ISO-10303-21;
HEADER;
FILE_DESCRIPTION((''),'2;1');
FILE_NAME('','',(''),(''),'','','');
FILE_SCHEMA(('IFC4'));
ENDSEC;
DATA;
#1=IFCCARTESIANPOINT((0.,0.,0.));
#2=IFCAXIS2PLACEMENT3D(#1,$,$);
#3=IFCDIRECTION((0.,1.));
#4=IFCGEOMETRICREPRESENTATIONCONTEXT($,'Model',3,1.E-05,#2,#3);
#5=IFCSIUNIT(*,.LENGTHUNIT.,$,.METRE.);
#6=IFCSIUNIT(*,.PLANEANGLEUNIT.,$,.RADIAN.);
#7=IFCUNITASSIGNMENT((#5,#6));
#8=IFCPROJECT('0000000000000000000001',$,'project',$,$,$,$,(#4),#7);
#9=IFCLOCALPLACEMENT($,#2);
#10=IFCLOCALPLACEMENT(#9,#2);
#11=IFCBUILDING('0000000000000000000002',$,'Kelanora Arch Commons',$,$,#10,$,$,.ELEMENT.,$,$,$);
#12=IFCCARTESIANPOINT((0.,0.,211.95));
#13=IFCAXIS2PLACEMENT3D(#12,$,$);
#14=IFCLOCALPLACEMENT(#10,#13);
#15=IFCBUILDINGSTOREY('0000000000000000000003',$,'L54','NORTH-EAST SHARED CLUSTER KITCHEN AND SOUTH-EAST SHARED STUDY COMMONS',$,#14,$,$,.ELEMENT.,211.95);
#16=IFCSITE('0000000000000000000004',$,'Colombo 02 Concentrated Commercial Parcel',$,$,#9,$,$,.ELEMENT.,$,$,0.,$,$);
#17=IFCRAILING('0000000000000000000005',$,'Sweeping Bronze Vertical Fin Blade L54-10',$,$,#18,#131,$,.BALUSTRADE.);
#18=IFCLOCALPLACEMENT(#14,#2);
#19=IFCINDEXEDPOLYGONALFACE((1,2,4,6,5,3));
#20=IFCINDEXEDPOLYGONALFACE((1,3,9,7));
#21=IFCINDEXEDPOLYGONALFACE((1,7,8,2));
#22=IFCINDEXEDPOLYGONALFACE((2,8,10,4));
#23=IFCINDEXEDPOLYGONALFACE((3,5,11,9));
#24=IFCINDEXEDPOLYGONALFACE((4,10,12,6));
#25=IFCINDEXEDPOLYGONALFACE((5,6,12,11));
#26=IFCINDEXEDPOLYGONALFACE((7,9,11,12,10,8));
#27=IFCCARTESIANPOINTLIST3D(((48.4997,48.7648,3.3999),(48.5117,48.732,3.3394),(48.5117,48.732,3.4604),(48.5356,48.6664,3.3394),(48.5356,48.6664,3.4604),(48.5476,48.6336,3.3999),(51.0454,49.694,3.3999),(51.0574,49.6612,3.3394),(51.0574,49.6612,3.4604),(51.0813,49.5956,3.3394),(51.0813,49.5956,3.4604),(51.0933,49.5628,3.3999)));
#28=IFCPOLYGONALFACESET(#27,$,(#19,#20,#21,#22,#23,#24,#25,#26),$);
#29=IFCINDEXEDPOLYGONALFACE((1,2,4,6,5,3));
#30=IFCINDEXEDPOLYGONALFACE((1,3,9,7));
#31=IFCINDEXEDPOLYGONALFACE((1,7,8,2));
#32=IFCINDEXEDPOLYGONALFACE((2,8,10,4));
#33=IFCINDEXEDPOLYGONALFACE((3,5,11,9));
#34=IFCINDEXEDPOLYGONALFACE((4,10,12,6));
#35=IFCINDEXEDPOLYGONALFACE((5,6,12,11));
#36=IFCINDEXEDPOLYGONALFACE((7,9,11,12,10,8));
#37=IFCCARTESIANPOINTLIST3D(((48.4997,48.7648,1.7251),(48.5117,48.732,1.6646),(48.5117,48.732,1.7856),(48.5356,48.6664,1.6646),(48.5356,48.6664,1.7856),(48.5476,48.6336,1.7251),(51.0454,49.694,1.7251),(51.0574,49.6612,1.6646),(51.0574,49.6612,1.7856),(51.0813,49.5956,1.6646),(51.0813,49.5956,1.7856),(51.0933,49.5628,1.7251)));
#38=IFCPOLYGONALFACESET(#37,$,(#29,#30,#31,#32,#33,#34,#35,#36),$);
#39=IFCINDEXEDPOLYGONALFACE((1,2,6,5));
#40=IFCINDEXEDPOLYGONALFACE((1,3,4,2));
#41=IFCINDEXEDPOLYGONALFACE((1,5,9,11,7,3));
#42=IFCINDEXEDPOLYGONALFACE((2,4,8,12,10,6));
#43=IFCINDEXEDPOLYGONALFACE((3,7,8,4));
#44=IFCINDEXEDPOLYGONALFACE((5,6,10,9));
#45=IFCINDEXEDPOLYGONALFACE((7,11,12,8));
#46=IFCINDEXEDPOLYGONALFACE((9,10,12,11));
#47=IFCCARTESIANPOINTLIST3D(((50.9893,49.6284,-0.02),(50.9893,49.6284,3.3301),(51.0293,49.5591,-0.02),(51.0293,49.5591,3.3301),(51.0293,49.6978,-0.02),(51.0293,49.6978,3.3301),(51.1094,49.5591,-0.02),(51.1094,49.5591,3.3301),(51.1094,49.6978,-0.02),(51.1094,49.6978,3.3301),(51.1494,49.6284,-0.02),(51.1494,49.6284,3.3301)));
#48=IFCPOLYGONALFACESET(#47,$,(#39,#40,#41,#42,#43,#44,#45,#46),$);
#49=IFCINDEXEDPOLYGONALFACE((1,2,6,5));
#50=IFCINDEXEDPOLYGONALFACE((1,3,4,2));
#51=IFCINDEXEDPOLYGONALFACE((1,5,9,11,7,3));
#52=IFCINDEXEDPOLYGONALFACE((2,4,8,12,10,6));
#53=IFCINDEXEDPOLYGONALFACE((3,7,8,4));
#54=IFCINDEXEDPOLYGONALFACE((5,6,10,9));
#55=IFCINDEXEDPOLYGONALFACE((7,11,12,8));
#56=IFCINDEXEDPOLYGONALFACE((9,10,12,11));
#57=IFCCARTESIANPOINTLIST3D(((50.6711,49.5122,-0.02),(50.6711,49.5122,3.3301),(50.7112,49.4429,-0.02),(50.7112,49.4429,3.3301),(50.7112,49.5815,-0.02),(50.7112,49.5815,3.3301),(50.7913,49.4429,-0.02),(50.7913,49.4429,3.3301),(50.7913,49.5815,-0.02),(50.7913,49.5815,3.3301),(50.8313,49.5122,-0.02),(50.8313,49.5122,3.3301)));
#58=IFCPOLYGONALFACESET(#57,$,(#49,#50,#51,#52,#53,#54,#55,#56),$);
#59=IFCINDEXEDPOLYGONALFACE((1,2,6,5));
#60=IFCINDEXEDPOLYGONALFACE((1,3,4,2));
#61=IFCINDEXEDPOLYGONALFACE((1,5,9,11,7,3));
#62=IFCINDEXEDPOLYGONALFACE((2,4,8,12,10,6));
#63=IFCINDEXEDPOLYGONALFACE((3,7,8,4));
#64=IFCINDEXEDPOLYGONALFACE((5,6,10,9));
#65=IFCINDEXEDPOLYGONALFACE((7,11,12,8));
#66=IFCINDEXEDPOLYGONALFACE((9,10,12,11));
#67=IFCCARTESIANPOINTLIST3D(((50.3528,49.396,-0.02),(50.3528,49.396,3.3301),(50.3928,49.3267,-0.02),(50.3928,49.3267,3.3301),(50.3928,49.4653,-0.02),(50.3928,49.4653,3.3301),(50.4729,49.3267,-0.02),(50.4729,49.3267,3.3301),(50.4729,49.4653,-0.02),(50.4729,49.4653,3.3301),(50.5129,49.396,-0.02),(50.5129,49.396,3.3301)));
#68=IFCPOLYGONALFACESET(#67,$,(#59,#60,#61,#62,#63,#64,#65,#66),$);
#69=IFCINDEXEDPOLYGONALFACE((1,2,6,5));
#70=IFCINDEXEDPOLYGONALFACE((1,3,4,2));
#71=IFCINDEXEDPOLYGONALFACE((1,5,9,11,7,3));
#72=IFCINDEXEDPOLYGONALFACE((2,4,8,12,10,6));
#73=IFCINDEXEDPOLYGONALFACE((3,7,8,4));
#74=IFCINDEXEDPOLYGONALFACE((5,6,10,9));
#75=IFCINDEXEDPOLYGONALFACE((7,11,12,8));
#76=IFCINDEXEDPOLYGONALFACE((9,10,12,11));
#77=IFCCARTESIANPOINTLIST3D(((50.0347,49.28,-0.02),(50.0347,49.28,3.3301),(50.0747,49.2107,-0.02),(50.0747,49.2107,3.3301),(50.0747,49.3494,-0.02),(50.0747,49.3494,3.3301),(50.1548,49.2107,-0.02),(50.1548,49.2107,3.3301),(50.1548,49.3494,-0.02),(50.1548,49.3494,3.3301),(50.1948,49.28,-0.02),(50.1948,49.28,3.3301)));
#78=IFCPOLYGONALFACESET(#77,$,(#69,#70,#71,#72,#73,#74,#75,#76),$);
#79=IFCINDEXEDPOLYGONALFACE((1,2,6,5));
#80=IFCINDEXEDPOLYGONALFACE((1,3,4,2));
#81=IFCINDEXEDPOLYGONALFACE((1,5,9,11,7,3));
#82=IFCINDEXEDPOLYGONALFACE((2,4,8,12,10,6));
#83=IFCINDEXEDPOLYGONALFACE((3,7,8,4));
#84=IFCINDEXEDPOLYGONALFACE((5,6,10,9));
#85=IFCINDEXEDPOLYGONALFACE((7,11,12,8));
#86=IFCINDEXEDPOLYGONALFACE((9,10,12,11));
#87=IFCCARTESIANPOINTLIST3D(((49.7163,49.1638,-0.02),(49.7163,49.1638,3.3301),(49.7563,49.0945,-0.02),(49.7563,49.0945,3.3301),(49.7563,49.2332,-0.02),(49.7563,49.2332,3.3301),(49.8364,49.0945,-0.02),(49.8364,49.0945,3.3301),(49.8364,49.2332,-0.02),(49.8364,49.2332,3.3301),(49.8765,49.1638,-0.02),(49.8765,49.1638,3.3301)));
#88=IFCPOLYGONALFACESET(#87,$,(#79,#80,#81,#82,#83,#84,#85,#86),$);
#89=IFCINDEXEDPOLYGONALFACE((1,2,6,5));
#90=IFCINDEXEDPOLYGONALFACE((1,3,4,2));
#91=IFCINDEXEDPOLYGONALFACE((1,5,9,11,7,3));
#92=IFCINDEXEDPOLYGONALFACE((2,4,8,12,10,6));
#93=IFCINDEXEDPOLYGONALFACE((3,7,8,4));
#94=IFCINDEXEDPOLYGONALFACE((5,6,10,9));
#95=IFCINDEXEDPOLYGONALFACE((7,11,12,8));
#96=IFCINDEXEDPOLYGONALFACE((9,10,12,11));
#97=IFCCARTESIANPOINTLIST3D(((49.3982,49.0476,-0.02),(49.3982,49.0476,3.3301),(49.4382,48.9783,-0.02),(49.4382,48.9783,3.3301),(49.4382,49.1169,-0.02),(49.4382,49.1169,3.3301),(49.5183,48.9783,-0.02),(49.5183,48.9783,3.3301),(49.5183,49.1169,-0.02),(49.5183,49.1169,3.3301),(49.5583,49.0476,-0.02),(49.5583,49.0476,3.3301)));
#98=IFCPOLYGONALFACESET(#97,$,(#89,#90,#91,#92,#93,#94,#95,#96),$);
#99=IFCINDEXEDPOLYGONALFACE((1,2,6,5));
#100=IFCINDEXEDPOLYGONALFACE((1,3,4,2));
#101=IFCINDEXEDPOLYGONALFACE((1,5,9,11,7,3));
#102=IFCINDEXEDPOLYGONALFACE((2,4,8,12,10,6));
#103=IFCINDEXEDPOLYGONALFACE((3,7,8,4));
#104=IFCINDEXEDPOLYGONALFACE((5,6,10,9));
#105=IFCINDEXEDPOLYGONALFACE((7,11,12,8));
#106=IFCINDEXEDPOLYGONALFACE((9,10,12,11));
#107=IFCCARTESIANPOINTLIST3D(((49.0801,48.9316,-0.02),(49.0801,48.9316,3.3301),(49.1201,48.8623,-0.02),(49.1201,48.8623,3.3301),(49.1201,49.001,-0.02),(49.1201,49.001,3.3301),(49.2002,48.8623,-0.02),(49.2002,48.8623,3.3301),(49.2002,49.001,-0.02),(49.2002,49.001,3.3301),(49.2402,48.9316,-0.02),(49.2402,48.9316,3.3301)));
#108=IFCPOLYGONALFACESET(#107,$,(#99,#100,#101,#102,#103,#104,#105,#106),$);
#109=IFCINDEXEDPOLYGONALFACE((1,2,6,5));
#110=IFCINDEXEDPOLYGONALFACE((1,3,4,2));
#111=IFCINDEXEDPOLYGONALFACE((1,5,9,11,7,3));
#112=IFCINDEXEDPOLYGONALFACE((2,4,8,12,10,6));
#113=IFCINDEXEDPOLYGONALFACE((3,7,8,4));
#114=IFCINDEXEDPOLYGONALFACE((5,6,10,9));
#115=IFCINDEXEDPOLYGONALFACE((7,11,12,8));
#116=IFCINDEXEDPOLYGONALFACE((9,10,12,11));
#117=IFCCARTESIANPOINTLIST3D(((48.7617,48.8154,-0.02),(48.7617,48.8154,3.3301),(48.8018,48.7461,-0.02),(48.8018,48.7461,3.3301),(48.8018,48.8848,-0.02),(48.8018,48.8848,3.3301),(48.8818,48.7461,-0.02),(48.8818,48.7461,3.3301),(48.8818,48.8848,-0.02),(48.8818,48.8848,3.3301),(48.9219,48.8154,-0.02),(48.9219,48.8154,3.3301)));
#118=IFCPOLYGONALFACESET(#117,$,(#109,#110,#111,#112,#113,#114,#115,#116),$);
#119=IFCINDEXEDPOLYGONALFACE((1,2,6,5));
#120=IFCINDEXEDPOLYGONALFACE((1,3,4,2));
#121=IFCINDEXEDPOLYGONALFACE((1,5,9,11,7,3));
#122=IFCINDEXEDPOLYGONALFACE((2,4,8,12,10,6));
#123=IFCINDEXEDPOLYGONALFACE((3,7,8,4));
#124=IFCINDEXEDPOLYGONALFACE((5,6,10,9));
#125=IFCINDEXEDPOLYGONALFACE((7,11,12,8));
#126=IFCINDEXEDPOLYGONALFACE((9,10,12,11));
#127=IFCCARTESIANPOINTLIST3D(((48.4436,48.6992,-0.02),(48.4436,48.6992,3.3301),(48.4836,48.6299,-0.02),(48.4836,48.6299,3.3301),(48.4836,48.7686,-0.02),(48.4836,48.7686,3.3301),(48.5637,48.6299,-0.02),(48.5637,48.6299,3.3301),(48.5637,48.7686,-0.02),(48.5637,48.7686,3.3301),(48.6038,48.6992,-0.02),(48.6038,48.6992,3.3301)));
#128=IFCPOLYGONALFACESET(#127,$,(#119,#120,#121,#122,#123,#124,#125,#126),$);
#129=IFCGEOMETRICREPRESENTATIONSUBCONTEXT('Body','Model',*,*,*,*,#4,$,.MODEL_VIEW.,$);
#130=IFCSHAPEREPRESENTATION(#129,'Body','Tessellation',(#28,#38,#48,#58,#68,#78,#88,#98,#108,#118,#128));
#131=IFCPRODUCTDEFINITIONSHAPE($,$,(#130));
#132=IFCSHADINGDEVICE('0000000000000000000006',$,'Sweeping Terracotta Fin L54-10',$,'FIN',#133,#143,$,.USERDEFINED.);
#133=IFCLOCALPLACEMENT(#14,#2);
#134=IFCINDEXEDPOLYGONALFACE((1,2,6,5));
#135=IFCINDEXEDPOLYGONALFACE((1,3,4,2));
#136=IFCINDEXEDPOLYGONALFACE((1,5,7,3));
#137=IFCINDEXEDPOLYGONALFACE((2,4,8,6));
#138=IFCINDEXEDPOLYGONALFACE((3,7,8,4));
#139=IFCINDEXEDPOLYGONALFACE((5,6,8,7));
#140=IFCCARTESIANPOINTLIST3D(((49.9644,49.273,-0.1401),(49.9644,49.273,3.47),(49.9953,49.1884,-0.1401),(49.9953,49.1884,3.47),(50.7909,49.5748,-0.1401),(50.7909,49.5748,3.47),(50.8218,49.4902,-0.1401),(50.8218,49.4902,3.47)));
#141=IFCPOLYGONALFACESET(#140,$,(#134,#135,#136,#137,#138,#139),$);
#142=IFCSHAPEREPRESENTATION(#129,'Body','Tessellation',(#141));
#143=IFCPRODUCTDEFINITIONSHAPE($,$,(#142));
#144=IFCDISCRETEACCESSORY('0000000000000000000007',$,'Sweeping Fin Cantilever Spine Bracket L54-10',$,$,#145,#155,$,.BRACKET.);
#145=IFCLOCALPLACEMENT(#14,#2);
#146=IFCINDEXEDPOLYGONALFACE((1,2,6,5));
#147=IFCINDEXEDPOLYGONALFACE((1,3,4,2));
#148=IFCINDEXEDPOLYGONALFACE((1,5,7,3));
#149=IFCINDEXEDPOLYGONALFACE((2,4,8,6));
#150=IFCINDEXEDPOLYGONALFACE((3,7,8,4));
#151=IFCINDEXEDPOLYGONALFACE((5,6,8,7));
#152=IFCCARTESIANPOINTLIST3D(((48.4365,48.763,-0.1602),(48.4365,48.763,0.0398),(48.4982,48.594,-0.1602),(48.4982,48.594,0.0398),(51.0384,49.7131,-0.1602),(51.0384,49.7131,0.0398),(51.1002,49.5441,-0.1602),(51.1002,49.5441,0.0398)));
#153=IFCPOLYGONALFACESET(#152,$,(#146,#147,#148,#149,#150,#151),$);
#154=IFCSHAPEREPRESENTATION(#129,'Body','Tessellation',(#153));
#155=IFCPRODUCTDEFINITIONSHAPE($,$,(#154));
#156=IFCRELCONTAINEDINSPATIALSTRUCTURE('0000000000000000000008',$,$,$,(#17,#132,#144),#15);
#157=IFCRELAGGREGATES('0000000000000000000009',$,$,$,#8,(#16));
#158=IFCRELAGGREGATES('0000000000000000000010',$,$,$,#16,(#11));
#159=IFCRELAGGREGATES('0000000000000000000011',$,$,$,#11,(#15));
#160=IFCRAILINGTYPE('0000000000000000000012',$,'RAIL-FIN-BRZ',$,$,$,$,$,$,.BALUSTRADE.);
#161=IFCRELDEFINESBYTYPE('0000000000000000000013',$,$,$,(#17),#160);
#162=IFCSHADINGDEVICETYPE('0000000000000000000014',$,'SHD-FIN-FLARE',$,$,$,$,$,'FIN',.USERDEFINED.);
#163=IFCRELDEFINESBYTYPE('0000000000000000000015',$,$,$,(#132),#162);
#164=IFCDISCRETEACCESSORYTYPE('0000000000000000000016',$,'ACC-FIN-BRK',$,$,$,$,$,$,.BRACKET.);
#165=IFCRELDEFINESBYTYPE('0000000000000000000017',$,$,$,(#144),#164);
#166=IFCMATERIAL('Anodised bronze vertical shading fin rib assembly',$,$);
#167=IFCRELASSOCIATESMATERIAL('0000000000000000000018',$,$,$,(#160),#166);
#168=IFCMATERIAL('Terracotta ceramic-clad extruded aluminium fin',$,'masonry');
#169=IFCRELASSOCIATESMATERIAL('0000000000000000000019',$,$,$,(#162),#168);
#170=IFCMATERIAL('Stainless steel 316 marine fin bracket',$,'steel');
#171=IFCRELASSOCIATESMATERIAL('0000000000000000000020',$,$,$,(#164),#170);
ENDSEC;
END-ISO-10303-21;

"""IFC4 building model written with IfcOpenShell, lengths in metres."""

from ifc_helpers import new_model, si_unit, direction, frame, origin, origin_2d, place, context, subcontext, project, spatial, polyline, rectangle, outline, extrude, source, transform, mapped, material, type_object, element, save


model = new_model("IFC4")

# Units and contexts
model_context = context("Model", 3, precision=1e-05, world=origin(), true_north=direction((0.0, 1.0)))
body_context = subcontext(model_context, "Body", "Model", "MODEL_VIEW")
ifc_project = project(units=[si_unit("LENGTHUNIT", "METRE"), si_unit("PLANEANGLEUNIT", "RADIAN")], contexts=[model_context])

# Site, building, storey
site_placement = place(None, origin())
site = spatial("IfcSite", under=ifc_project, at=site_placement, Name="Colombo 02 Concentrated Commercial Parcel", CompositionType="ELEMENT", RefElevation=0.0)
building_placement = place(site_placement, origin())
building = spatial("IfcBuilding", under=site, at=building_placement, Name="Kelanora Arch Commons", CompositionType="ELEMENT")
storey_placement = place(building_placement, frame((0.0, 0.0, 211.95)))
storey = spatial("IfcBuildingStorey", under=building, at=storey_placement, Name="L54", Description="NORTH-EAST SHARED CLUSTER KITCHEN AND SOUTH-EAST SHARED STUDY COMMONS", CompositionType="ELEMENT", Elevation=211.95)

# Railing
ifc_material_1 = material(Name="Anodised bronze vertical shading fin rib assembly")
railing_type = type_object("IfcRailingType", Name="RAIL-FIN-BRZ", PredefinedType="BALUSTRADE", material=ifc_material_1)
railing_placement = place(storey_placement, frame((51.0693, 49.6284, -0.02)))
element("IfcRailing", 1, at=railing_placement, inside=storey, type_object=railing_type, Name="Sweeping Bronze Vertical Fin Blade L54-10", PredefinedType="BALUSTRADE", context=body_context, shape_type="SweptSolid", body=[
    extrude(outline(polyline([(0.0698, 0.0), (0.0349, 0.0605), (-0.0349, 0.0605), (-0.0698, 0.0), (-0.0349, -0.0605), (0.0349, -0.0605), (0.0698, 0.0)])), frame((0.0, 0.0, 3.4199), z_axis=(-0.939377, -0.342886, 0.0), x_axis=(0.342886, -0.939377, 0.0)), (0.0, 0.0, 1.0), 2.71),
    extrude(outline(polyline([(0.0698, 0.0), (0.0349, 0.0605), (-0.0349, 0.0605), (-0.0698, 0.0), (-0.0349, -0.0605), (0.0349, -0.0605), (0.0698, 0.0)])), frame((0.0, 0.0, 1.7451), z_axis=(-0.939377, -0.342886, 0.0), x_axis=(0.342886, -0.939377, 0.0)), (0.0, 0.0, 1.0), 2.71),
    extrude(outline(polyline([(0.0801, 0.0), (0.04, 0.0693), (-0.04, 0.0693), (-0.0801, 0.0), (-0.04, -0.0693), (0.04, -0.0693), (0.0801, 0.0)])), origin(), (0.0, 0.0, 1.0), 3.3501),
    extrude(outline(polyline([(0.0801, 0.0), (0.04, 0.0693), (-0.04, 0.0693), (-0.0801, 0.0), (-0.04, -0.0693), (0.04, -0.0693), (0.0801, 0.0)])), frame((-0.3181, -0.1162, 0.0)), (0.0, 0.0, 1.0), 3.3501),
    extrude(outline(polyline([(0.0801, 0.0), (0.04, 0.0693), (-0.04, 0.0693), (-0.0801, 0.0), (-0.04, -0.0693), (0.04, -0.0693), (0.0801, 0.0)])), frame((-0.6365, -0.2324, 0.0)), (0.0, 0.0, 1.0), 3.3501),
    extrude(outline(polyline([(0.0801, 0.0), (0.04, 0.0693), (-0.04, 0.0693), (-0.0801, 0.0), (-0.04, -0.0693), (0.04, -0.0693), (0.0801, 0.0)])), frame((-0.9546, -0.3484, 0.0)), (0.0, 0.0, 1.0), 3.3501),
    extrude(outline(polyline([(0.0801, 0.0), (0.04, 0.0693), (-0.04, 0.0693), (-0.0801, 0.0), (-0.04, -0.0693), (0.04, -0.0693), (0.0801, 0.0)])), frame((-1.2729, -0.4646, 0.0)), (0.0, 0.0, 1.0), 3.3501),
    extrude(outline(polyline([(0.0801, 0.0), (0.04, 0.0693), (-0.04, 0.0693), (-0.0801, 0.0), (-0.04, -0.0693), (0.04, -0.0693), (0.0801, 0.0)])), frame((-1.5911, -0.5808, 0.0)), (0.0, 0.0, 1.0), 3.3501),
    extrude(outline(polyline([(0.0801, 0.0), (0.04, 0.0693), (-0.04, 0.0693), (-0.0801, 0.0), (-0.04, -0.0693), (0.04, -0.0693), (0.0801, 0.0)])), frame((-1.9092, -0.6968, 0.0)), (0.0, 0.0, 1.0), 3.3501),
    extrude(outline(polyline([(0.0801, 0.0), (0.04, 0.0693), (-0.04, 0.0693), (-0.0801, 0.0), (-0.04, -0.0693), (0.04, -0.0693), (0.0801, 0.0)])), frame((-2.2275, -0.813, 0.0)), (0.0, 0.0, 1.0), 3.3501),
    extrude(outline(polyline([(0.0801, 0.0), (0.04, 0.0693), (-0.04, 0.0693), (-0.0801, 0.0), (-0.04, -0.0693), (0.04, -0.0693), (0.0801, 0.0)])), frame((-2.5457, -0.9292, 0.0)), (0.0, 0.0, 1.0), 3.3501),
])

# Shading device
ifc_material_2 = material(Name="Terracotta ceramic-clad extruded aluminium fin", Category="masonry")
shading_device_type = type_object("IfcShadingDeviceType", Name="SHD-FIN-FLARE", ElementType="FIN", PredefinedType="USERDEFINED", material=ifc_material_2)
shared_shape_1 = source(origin(), body_context, "Body", "SweptSolid", [
    extrude(rectangle(XDim=0.8799, YDim=0.0901, at=origin_2d()), origin(), (0.0, 0.0, 1.0), 3.6101),
])
shading_device_placement = place(storey_placement, frame((50.3931, 49.3816, -0.1401), z_axis=(0.0, 0.0, 1.0), x_axis=(-0.939334, -0.343004, 0.0)))
element("IfcShadingDevice", 2, at=shading_device_placement, inside=storey, type_object=shading_device_type, Name="Sweeping Terracotta Fin L54-10", ObjectType="FIN", PredefinedType="USERDEFINED", context=body_context, shape_type="MappedRepresentation", body=[
    mapped(shared_shape_1, transform((0.0, 0.0, 0.0), scale=1.0)),
])

# Discrete accessory
ifc_material_3 = material(Name="Stainless steel 316 marine fin bracket", Category="steel")
discrete_accessory_type = type_object("IfcDiscreteAccessoryType", Name="ACC-FIN-BRK", PredefinedType="BRACKET", material=ifc_material_3)
shared_shape_2 = source(origin(), body_context, "Body", "SweptSolid", [
    extrude(rectangle(XDim=2.77, YDim=0.1799, at=origin_2d()), origin(), (0.0, 0.0, 1.0), 0.2),
])
discrete_accessory_placement = place(storey_placement, frame((49.7683, 49.1536, -0.1602), z_axis=(0.0, 0.0, 1.0), x_axis=(-0.939334, -0.343004, 0.0)))
element("IfcDiscreteAccessory", 3, at=discrete_accessory_placement, inside=storey, type_object=discrete_accessory_type, Name="Sweeping Fin Cantilever Spine Bracket L54-10", PredefinedType="BRACKET", context=body_context, shape_type="MappedRepresentation", body=[
    mapped(shared_shape_2, transform((0.0, 0.0, 0.0), scale=1.0)),
])

save(model, "model.ifc")
